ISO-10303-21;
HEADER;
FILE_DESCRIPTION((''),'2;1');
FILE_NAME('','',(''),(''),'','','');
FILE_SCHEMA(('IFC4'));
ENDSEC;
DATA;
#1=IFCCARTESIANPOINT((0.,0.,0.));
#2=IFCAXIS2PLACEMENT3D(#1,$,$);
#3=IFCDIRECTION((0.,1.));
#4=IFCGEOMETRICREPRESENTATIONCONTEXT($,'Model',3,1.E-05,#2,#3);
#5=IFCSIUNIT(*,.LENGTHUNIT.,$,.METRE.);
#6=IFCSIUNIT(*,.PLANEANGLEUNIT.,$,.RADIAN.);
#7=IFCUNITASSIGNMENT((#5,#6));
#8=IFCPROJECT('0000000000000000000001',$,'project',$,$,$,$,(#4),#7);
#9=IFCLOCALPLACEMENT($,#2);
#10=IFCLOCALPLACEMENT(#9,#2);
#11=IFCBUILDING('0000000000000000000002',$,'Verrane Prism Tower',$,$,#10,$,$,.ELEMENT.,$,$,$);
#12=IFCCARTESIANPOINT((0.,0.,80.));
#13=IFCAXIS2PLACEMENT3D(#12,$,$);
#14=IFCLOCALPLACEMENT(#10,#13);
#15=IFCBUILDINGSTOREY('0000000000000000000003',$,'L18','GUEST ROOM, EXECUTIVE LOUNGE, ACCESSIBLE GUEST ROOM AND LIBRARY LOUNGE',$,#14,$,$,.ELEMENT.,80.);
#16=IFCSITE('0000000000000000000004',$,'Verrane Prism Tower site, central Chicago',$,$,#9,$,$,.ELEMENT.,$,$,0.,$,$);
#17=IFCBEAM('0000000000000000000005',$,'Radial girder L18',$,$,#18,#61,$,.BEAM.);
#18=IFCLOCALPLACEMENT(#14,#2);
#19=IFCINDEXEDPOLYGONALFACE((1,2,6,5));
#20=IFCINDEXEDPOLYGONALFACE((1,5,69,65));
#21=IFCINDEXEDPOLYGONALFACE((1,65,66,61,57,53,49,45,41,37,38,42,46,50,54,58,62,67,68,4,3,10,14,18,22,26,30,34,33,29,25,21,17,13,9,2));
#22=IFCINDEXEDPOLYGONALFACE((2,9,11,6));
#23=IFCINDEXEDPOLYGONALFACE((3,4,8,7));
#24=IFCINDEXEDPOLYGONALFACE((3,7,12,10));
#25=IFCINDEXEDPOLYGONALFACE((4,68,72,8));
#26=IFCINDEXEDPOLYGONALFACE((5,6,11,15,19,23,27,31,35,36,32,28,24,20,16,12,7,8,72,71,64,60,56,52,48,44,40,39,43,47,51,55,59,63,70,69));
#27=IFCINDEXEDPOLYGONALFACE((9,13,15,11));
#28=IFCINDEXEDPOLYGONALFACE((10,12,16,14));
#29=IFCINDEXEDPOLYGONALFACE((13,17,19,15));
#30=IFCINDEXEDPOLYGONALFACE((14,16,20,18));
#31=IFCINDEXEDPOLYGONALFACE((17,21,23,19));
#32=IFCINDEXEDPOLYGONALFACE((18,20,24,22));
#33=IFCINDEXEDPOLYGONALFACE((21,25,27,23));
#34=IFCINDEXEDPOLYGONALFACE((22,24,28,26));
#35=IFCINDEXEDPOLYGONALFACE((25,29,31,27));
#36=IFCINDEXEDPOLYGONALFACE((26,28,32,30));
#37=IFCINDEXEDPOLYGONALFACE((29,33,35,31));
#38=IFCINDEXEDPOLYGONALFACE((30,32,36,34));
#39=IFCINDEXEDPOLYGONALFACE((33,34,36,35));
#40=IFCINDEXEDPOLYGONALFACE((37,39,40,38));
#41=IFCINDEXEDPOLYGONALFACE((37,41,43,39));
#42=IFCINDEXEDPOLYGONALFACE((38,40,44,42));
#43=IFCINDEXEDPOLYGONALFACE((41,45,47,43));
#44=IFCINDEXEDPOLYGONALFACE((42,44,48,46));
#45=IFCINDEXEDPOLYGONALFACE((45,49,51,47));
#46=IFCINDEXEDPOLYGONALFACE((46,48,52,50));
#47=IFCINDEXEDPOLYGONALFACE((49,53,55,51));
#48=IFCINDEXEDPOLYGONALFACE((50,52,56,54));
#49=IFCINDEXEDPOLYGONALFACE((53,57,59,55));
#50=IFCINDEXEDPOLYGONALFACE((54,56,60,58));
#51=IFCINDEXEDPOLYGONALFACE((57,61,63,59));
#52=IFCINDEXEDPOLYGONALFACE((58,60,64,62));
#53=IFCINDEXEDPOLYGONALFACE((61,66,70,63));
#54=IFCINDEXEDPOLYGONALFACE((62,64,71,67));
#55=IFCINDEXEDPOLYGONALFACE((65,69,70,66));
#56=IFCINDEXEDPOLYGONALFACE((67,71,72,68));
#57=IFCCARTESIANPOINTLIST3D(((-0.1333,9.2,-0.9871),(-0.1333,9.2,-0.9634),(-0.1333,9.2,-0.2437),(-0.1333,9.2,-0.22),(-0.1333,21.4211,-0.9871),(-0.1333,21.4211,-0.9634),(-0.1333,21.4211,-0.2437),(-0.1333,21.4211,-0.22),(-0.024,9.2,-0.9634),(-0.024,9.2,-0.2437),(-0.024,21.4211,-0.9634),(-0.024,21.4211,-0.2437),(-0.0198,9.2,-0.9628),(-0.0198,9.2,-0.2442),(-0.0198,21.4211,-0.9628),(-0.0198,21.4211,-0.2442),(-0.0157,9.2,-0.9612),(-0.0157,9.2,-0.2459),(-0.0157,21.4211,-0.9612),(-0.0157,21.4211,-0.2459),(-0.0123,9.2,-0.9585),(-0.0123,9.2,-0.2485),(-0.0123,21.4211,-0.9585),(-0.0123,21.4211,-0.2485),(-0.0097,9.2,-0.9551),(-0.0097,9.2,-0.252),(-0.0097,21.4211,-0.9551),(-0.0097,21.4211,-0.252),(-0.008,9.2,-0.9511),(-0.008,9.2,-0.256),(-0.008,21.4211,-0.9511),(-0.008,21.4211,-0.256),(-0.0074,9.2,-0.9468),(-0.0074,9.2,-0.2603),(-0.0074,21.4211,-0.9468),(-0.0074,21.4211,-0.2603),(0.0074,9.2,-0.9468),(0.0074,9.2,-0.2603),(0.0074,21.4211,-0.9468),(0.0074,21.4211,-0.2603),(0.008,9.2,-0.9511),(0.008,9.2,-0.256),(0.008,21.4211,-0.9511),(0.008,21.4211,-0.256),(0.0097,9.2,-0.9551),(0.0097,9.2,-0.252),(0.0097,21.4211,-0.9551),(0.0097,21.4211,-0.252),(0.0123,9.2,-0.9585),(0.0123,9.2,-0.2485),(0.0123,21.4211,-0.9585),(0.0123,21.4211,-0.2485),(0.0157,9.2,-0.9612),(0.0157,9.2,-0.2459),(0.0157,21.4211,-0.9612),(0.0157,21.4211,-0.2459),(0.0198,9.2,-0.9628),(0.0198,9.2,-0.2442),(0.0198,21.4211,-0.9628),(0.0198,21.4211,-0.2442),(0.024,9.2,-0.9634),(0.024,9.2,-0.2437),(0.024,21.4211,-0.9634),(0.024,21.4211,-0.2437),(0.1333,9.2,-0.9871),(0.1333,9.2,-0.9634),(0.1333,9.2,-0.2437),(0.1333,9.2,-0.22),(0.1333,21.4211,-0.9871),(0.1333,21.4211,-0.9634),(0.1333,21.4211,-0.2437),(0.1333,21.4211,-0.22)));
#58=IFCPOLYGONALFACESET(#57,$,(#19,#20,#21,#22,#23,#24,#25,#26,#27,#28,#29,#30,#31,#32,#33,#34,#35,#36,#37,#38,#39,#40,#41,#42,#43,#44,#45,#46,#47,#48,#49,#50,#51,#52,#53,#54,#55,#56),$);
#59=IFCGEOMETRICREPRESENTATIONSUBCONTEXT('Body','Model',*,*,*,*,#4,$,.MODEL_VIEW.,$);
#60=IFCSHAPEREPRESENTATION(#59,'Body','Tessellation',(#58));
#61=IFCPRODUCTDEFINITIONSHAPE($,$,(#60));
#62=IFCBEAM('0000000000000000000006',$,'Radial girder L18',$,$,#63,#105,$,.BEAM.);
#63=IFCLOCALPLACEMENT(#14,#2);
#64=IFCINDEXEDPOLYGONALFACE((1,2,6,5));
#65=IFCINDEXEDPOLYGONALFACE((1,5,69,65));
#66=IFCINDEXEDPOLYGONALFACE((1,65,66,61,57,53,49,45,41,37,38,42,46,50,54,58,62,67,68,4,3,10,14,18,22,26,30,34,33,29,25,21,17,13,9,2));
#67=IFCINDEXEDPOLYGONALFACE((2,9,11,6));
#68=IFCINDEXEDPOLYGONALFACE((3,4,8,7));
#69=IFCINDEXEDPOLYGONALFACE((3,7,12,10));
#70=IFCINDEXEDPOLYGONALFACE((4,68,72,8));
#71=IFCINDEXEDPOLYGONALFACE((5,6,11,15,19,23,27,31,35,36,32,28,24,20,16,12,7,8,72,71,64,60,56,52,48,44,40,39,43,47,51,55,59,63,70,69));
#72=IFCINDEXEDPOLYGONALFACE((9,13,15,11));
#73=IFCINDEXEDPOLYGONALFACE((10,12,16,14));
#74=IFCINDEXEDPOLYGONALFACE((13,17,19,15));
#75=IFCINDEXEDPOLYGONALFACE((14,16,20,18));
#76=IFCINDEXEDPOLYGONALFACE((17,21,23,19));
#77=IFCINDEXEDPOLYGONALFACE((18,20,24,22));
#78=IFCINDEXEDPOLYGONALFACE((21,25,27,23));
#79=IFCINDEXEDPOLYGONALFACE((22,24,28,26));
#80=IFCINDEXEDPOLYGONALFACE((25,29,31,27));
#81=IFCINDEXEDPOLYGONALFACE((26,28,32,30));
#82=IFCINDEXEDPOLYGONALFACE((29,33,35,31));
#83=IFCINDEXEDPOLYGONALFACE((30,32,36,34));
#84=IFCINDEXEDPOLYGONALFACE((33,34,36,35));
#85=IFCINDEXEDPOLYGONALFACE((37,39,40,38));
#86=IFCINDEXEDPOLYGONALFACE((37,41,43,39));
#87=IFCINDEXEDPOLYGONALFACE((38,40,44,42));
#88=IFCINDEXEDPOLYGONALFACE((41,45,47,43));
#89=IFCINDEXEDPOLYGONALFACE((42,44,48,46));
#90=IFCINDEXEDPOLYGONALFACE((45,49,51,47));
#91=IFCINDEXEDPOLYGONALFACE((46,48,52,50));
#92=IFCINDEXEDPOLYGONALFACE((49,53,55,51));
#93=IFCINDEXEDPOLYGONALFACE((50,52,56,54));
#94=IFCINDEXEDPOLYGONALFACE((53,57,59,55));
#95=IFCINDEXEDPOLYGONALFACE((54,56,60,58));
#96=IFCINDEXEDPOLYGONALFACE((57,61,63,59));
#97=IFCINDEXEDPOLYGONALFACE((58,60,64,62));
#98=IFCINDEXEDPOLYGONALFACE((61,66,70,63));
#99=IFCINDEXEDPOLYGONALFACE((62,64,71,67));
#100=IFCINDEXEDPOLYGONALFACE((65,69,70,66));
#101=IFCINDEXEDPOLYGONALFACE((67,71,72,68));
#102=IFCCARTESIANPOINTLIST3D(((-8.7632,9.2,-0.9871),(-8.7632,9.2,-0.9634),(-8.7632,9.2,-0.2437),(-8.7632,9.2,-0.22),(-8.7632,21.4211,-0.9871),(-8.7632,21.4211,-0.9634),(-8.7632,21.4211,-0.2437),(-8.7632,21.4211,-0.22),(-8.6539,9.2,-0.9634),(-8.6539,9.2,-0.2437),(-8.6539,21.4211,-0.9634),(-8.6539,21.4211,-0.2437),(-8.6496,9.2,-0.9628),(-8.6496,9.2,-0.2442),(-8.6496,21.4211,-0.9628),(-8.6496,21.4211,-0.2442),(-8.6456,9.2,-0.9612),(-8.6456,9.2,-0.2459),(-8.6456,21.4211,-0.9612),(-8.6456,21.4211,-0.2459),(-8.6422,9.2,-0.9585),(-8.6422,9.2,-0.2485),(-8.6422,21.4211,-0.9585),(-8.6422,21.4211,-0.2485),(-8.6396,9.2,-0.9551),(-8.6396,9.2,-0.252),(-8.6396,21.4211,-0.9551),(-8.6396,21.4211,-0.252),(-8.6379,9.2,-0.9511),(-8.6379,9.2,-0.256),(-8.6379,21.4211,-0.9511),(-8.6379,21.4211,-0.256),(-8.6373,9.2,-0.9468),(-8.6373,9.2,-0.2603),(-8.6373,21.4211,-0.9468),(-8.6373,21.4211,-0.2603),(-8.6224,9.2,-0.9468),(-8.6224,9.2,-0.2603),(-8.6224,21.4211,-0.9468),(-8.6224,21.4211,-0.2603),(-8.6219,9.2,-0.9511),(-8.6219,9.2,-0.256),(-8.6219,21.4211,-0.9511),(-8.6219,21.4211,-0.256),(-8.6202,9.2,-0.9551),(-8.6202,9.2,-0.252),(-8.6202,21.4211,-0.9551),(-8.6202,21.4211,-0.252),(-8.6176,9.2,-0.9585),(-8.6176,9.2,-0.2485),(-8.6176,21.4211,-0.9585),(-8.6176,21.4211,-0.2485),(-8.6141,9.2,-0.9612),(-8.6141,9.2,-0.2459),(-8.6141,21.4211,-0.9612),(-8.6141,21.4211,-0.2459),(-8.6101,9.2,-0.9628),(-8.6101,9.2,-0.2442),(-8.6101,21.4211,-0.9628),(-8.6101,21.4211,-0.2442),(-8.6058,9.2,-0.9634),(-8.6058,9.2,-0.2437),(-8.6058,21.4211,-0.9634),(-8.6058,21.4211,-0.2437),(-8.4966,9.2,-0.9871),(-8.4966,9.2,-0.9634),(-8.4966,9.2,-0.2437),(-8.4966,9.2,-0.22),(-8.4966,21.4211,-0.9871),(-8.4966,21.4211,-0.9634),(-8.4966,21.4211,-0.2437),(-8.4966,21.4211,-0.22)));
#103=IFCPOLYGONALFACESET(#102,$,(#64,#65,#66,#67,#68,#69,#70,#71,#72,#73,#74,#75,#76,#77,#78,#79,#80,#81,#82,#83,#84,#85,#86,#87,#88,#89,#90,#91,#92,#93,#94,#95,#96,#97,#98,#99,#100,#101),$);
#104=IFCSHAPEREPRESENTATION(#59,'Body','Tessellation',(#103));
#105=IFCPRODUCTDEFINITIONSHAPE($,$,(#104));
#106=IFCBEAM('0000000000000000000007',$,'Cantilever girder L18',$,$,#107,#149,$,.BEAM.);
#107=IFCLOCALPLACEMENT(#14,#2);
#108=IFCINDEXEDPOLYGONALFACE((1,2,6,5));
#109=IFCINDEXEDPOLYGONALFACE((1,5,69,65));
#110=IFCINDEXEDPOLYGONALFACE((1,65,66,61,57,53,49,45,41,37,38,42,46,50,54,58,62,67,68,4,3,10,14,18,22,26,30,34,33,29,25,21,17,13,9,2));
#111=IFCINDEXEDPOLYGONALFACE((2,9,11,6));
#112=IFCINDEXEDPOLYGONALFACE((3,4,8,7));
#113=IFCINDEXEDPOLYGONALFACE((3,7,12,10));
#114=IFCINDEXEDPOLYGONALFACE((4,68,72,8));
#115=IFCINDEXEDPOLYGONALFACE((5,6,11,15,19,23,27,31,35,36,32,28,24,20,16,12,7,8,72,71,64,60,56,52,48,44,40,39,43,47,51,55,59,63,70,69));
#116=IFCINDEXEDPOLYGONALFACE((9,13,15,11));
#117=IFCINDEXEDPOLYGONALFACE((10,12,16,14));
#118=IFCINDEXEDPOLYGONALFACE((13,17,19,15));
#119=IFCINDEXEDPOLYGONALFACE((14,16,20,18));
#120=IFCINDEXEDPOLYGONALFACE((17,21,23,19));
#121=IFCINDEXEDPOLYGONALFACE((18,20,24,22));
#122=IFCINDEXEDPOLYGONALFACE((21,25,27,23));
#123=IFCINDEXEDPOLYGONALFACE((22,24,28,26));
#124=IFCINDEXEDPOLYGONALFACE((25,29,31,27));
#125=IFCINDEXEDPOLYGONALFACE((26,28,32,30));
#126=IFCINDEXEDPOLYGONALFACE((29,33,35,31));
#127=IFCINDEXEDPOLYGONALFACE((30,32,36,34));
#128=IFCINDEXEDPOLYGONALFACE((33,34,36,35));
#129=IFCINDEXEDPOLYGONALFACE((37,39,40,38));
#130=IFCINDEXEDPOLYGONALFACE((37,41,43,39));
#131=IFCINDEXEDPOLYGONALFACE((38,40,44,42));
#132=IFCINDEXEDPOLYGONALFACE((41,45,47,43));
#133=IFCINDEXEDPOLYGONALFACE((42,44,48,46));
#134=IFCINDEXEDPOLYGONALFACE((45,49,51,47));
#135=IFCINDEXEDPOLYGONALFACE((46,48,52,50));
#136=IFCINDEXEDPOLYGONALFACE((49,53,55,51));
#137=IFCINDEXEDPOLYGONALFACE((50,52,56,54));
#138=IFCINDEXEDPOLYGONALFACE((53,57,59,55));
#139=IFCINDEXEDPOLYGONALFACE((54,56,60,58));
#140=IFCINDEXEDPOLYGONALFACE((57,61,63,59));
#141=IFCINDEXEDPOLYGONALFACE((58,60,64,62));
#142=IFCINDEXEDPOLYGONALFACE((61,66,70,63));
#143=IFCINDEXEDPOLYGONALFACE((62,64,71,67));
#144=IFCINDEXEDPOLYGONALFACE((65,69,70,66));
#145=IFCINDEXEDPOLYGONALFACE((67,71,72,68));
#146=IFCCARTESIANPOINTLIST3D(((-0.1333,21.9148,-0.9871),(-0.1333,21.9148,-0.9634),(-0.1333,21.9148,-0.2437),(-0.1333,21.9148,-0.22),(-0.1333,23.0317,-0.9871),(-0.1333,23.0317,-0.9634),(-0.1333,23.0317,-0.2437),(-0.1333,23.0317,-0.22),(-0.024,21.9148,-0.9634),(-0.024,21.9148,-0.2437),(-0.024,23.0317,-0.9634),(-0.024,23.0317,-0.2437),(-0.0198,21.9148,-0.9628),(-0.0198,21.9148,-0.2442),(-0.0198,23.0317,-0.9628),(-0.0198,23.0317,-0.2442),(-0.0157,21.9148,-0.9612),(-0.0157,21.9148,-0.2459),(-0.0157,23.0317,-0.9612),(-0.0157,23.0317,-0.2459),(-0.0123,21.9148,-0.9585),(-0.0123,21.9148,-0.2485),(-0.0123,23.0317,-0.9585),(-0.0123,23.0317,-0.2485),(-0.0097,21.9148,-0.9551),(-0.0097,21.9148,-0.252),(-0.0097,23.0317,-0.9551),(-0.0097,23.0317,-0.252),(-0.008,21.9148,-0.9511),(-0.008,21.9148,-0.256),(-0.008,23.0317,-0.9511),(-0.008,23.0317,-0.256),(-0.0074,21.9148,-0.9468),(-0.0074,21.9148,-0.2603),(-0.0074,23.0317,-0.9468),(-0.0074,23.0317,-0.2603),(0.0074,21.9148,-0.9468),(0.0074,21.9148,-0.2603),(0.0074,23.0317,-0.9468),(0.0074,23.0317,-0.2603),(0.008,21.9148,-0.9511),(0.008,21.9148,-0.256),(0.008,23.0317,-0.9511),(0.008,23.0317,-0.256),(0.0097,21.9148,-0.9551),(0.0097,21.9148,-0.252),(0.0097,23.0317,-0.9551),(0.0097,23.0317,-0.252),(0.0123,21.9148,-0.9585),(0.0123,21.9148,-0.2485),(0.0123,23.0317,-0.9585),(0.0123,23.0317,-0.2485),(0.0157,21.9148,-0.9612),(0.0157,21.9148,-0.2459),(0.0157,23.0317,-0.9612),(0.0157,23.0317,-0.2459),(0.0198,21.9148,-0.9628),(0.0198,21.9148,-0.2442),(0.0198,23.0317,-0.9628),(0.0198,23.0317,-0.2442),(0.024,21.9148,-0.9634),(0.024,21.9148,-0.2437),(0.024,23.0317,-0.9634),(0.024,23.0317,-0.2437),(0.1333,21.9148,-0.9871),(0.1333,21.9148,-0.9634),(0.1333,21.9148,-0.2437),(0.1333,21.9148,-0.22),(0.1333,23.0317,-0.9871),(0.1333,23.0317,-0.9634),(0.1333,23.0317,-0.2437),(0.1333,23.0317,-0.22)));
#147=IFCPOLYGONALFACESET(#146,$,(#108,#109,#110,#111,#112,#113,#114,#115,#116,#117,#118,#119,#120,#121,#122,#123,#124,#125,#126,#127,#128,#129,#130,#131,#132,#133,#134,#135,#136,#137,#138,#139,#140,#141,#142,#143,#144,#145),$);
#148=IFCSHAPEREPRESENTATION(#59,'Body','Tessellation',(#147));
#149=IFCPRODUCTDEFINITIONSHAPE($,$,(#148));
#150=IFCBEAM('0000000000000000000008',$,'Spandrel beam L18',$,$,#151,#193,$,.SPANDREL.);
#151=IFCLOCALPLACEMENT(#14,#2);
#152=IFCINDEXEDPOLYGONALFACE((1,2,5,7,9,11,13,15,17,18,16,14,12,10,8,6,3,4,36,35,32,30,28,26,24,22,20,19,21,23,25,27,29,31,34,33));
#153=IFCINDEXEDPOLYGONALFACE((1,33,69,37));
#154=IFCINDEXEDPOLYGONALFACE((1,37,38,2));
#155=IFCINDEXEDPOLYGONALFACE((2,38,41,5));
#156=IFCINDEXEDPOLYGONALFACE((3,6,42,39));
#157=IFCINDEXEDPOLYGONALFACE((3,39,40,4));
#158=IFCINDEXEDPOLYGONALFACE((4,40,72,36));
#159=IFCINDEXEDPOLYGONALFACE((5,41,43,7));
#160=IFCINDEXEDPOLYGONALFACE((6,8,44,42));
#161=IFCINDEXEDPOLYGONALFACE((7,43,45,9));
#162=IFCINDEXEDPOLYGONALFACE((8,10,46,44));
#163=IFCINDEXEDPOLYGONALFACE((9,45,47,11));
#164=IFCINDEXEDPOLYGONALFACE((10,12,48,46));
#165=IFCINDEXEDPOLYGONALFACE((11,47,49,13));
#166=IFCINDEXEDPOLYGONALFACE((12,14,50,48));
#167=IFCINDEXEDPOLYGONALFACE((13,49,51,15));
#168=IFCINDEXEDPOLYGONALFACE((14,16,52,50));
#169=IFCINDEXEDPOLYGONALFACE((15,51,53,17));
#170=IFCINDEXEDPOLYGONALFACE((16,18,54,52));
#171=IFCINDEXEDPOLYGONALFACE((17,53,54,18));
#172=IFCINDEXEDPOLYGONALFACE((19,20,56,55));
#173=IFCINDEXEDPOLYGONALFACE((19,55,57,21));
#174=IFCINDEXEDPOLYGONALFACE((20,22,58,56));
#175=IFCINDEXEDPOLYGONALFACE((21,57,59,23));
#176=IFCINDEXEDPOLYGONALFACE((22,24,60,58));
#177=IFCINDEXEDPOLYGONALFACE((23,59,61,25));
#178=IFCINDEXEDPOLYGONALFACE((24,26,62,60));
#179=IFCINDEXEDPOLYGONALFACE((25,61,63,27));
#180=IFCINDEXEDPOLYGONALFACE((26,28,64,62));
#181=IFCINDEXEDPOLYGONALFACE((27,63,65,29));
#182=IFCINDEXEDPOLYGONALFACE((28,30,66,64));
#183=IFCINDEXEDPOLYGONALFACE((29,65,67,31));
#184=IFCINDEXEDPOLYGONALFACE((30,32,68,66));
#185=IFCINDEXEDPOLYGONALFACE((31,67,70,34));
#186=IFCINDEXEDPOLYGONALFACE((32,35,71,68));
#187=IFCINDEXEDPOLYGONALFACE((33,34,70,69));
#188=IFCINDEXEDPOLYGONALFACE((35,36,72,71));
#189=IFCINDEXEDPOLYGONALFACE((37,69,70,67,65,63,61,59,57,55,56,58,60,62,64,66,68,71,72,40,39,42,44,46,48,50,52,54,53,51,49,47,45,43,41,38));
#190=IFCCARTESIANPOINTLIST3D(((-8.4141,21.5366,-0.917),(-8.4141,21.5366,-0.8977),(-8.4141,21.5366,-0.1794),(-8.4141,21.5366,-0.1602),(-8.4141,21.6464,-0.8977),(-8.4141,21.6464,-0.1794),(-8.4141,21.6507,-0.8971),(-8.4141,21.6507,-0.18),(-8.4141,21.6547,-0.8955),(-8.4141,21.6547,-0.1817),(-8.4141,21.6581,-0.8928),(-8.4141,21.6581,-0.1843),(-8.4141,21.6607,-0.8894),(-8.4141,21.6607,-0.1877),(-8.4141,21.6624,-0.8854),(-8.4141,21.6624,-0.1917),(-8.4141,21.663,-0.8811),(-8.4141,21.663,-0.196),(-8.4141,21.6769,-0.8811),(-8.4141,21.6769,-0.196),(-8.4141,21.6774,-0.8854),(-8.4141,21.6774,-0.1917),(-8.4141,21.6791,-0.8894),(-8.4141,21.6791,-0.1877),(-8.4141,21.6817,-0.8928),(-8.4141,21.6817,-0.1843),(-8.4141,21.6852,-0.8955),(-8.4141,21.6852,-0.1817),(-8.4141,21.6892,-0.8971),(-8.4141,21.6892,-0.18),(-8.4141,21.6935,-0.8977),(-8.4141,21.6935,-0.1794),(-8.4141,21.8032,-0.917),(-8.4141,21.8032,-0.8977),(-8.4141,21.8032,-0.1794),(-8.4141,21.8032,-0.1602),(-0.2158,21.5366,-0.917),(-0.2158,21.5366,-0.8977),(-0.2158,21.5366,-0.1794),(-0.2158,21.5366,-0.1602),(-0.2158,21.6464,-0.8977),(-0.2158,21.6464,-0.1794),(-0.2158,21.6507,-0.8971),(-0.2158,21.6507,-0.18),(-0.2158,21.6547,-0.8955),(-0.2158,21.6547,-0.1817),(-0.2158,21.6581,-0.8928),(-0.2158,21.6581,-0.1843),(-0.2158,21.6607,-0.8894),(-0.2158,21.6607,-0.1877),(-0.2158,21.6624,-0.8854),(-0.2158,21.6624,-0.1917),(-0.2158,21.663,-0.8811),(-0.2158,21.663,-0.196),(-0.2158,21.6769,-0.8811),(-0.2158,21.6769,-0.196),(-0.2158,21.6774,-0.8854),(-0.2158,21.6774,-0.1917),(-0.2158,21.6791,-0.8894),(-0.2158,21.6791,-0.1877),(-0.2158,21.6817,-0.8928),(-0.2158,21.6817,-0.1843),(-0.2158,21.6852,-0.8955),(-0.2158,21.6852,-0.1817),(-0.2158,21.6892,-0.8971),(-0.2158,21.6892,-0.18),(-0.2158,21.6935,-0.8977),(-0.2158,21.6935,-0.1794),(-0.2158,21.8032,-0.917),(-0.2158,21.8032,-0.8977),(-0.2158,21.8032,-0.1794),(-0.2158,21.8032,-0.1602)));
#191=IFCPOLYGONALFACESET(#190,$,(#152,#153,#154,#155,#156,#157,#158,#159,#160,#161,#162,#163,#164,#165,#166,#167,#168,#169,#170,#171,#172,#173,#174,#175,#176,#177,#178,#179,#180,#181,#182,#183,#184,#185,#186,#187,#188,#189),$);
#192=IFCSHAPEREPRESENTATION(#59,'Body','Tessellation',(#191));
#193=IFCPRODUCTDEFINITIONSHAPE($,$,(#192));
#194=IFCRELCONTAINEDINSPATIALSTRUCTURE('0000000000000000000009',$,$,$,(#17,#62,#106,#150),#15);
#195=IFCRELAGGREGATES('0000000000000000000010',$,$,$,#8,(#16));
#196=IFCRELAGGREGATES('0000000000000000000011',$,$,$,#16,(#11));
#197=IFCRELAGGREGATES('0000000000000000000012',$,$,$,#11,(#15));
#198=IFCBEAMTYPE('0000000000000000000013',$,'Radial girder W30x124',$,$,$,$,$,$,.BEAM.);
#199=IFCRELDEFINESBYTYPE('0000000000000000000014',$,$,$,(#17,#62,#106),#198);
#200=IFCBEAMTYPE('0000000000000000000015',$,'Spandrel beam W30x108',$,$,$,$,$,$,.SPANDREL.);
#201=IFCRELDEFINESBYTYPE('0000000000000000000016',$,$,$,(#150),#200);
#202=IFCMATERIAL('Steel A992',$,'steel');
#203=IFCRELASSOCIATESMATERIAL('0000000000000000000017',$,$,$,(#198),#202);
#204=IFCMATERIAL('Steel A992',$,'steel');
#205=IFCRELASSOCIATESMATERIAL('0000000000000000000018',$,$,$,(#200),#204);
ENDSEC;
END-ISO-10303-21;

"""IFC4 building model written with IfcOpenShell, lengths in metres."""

from ifc_helpers import new_model, si_unit, direction, frame, origin, origin_2d, place, context, subcontext, project, spatial, i_section, extrude, material, material_profile, profile_set, type_object, element, save


model = new_model("IFC4")

# Units and contexts
model_context = context("Model", 3, precision=1e-05, world=origin(), true_north=direction((0.0, 1.0)))
body_context = subcontext(model_context, "Body", "Model", "MODEL_VIEW")
ifc_project = project(units=[si_unit("LENGTHUNIT", "METRE"), si_unit("PLANEANGLEUNIT", "RADIAN")], contexts=[model_context])

# Site, building, storey
site_placement = place(None, origin())
site = spatial("IfcSite", under=ifc_project, at=site_placement, Name="Verrane Prism Tower site, central Chicago", CompositionType="ELEMENT", RefElevation=0.0)
building_placement = place(site_placement, origin())
building = spatial("IfcBuilding", under=site, at=building_placement, Name="Verrane Prism Tower", CompositionType="ELEMENT")
storey_placement = place(building_placement, frame((0.0, 0.0, 80.0)))
storey = spatial("IfcBuildingStorey", under=building, at=storey_placement, Name="L18", Description="GUEST ROOM, EXECUTIVE LOUNGE, ACCESSIBLE GUEST ROOM AND LIBRARY LOUNGE", CompositionType="ELEMENT", Elevation=80.0)

# Beams
ifc_material_1 = material(Name="Steel A992", Category="steel")
ifc_material_profile_1 = material_profile(ifc_material_1, i_section(OverallWidth=0.2666, OverallDepth=0.7671, WebThickness=0.0149, FlangeThickness=0.0237, FilletRadius=0.0166, at=origin_2d()), Name="W30x124")
ifc_profile_set_1 = profile_set([ifc_material_profile_1], Name="Steel A992")
beam_type_1 = type_object("IfcBeamType", Name="Radial girder W30x124", PredefinedType="BEAM", material=ifc_profile_set_1)
for number, where, z_axis, x_axis, name in (
    (1, (0.0, 21.4211, -0.6035), (0.0, -1.0, 0.0), (1.0, 0.0, 0.0), "Radial girder L18"),
    (2, (-8.6299, 21.4211, -0.6035), (0.0, -1.0, 0.0), (1.0, 0.0, 0.0), "Radial girder L18"),
):
    element("IfcBeam", number, at=place(storey_placement, frame(where, z_axis=z_axis, x_axis=x_axis)), inside=storey, type_object=beam_type_1, Name=name, PredefinedType="BEAM", context=body_context, shape_type="SweptSolid", body=[
        extrude(i_section(OverallWidth=0.2666, OverallDepth=0.7671, WebThickness=0.0149, FlangeThickness=0.0237, FilletRadius=0.0166, at=origin_2d()), origin(), (0.0, 0.0, 1.0), 12.2212),
    ])
beam_placement = place(storey_placement, frame((0.0, 21.9148, -0.6035), z_axis=(0.0, 1.0, 0.0), x_axis=(-1.0, 0.0, 0.0)))
element("IfcBeam", 3, at=beam_placement, inside=storey, type_object=beam_type_1, Name="Cantilever girder L18", PredefinedType="BEAM", context=body_context, shape_type="SweptSolid", body=[
    extrude(i_section(OverallWidth=0.2666, OverallDepth=0.7671, WebThickness=0.0149, FlangeThickness=0.0237, FilletRadius=0.0166, at=origin_2d()), origin(), (0.0, 0.0, 1.0), 1.1169),
])
ifc_material_2 = material(Name="Steel A992", Category="steel")
ifc_material_profile_2 = material_profile(ifc_material_2, i_section(OverallWidth=0.2666, OverallDepth=0.7568, WebThickness=0.0139, FlangeThickness=0.0193, FilletRadius=0.0166, at=origin_2d()), Name="W30x108")
ifc_profile_set_2 = profile_set([ifc_material_profile_2], Name="Steel A992")
beam_type_2 = type_object("IfcBeamType", Name="Spandrel beam W30x108", PredefinedType="SPANDREL", material=ifc_profile_set_2)
for number, where, z_axis, x_axis, name in (
    (4, (-0.2158, 21.6699, -0.5386), (-1.0, 0.0, 0.0), (0.0, -1.0, 0.0), "Spandrel beam L18"),
):
    element("IfcBeam", number, at=place(storey_placement, frame(where, z_axis=z_axis, x_axis=x_axis)), inside=storey, type_object=beam_type_2, Name=name, PredefinedType="SPANDREL", context=body_context, shape_type="SweptSolid", body=[
        extrude(i_section(OverallWidth=0.2666, OverallDepth=0.7568, WebThickness=0.0139, FlangeThickness=0.0193, FilletRadius=0.0166, at=origin_2d()), origin(), (0.0, 0.0, 1.0), 8.1982),
    ])

save(model, "model.ifc")
